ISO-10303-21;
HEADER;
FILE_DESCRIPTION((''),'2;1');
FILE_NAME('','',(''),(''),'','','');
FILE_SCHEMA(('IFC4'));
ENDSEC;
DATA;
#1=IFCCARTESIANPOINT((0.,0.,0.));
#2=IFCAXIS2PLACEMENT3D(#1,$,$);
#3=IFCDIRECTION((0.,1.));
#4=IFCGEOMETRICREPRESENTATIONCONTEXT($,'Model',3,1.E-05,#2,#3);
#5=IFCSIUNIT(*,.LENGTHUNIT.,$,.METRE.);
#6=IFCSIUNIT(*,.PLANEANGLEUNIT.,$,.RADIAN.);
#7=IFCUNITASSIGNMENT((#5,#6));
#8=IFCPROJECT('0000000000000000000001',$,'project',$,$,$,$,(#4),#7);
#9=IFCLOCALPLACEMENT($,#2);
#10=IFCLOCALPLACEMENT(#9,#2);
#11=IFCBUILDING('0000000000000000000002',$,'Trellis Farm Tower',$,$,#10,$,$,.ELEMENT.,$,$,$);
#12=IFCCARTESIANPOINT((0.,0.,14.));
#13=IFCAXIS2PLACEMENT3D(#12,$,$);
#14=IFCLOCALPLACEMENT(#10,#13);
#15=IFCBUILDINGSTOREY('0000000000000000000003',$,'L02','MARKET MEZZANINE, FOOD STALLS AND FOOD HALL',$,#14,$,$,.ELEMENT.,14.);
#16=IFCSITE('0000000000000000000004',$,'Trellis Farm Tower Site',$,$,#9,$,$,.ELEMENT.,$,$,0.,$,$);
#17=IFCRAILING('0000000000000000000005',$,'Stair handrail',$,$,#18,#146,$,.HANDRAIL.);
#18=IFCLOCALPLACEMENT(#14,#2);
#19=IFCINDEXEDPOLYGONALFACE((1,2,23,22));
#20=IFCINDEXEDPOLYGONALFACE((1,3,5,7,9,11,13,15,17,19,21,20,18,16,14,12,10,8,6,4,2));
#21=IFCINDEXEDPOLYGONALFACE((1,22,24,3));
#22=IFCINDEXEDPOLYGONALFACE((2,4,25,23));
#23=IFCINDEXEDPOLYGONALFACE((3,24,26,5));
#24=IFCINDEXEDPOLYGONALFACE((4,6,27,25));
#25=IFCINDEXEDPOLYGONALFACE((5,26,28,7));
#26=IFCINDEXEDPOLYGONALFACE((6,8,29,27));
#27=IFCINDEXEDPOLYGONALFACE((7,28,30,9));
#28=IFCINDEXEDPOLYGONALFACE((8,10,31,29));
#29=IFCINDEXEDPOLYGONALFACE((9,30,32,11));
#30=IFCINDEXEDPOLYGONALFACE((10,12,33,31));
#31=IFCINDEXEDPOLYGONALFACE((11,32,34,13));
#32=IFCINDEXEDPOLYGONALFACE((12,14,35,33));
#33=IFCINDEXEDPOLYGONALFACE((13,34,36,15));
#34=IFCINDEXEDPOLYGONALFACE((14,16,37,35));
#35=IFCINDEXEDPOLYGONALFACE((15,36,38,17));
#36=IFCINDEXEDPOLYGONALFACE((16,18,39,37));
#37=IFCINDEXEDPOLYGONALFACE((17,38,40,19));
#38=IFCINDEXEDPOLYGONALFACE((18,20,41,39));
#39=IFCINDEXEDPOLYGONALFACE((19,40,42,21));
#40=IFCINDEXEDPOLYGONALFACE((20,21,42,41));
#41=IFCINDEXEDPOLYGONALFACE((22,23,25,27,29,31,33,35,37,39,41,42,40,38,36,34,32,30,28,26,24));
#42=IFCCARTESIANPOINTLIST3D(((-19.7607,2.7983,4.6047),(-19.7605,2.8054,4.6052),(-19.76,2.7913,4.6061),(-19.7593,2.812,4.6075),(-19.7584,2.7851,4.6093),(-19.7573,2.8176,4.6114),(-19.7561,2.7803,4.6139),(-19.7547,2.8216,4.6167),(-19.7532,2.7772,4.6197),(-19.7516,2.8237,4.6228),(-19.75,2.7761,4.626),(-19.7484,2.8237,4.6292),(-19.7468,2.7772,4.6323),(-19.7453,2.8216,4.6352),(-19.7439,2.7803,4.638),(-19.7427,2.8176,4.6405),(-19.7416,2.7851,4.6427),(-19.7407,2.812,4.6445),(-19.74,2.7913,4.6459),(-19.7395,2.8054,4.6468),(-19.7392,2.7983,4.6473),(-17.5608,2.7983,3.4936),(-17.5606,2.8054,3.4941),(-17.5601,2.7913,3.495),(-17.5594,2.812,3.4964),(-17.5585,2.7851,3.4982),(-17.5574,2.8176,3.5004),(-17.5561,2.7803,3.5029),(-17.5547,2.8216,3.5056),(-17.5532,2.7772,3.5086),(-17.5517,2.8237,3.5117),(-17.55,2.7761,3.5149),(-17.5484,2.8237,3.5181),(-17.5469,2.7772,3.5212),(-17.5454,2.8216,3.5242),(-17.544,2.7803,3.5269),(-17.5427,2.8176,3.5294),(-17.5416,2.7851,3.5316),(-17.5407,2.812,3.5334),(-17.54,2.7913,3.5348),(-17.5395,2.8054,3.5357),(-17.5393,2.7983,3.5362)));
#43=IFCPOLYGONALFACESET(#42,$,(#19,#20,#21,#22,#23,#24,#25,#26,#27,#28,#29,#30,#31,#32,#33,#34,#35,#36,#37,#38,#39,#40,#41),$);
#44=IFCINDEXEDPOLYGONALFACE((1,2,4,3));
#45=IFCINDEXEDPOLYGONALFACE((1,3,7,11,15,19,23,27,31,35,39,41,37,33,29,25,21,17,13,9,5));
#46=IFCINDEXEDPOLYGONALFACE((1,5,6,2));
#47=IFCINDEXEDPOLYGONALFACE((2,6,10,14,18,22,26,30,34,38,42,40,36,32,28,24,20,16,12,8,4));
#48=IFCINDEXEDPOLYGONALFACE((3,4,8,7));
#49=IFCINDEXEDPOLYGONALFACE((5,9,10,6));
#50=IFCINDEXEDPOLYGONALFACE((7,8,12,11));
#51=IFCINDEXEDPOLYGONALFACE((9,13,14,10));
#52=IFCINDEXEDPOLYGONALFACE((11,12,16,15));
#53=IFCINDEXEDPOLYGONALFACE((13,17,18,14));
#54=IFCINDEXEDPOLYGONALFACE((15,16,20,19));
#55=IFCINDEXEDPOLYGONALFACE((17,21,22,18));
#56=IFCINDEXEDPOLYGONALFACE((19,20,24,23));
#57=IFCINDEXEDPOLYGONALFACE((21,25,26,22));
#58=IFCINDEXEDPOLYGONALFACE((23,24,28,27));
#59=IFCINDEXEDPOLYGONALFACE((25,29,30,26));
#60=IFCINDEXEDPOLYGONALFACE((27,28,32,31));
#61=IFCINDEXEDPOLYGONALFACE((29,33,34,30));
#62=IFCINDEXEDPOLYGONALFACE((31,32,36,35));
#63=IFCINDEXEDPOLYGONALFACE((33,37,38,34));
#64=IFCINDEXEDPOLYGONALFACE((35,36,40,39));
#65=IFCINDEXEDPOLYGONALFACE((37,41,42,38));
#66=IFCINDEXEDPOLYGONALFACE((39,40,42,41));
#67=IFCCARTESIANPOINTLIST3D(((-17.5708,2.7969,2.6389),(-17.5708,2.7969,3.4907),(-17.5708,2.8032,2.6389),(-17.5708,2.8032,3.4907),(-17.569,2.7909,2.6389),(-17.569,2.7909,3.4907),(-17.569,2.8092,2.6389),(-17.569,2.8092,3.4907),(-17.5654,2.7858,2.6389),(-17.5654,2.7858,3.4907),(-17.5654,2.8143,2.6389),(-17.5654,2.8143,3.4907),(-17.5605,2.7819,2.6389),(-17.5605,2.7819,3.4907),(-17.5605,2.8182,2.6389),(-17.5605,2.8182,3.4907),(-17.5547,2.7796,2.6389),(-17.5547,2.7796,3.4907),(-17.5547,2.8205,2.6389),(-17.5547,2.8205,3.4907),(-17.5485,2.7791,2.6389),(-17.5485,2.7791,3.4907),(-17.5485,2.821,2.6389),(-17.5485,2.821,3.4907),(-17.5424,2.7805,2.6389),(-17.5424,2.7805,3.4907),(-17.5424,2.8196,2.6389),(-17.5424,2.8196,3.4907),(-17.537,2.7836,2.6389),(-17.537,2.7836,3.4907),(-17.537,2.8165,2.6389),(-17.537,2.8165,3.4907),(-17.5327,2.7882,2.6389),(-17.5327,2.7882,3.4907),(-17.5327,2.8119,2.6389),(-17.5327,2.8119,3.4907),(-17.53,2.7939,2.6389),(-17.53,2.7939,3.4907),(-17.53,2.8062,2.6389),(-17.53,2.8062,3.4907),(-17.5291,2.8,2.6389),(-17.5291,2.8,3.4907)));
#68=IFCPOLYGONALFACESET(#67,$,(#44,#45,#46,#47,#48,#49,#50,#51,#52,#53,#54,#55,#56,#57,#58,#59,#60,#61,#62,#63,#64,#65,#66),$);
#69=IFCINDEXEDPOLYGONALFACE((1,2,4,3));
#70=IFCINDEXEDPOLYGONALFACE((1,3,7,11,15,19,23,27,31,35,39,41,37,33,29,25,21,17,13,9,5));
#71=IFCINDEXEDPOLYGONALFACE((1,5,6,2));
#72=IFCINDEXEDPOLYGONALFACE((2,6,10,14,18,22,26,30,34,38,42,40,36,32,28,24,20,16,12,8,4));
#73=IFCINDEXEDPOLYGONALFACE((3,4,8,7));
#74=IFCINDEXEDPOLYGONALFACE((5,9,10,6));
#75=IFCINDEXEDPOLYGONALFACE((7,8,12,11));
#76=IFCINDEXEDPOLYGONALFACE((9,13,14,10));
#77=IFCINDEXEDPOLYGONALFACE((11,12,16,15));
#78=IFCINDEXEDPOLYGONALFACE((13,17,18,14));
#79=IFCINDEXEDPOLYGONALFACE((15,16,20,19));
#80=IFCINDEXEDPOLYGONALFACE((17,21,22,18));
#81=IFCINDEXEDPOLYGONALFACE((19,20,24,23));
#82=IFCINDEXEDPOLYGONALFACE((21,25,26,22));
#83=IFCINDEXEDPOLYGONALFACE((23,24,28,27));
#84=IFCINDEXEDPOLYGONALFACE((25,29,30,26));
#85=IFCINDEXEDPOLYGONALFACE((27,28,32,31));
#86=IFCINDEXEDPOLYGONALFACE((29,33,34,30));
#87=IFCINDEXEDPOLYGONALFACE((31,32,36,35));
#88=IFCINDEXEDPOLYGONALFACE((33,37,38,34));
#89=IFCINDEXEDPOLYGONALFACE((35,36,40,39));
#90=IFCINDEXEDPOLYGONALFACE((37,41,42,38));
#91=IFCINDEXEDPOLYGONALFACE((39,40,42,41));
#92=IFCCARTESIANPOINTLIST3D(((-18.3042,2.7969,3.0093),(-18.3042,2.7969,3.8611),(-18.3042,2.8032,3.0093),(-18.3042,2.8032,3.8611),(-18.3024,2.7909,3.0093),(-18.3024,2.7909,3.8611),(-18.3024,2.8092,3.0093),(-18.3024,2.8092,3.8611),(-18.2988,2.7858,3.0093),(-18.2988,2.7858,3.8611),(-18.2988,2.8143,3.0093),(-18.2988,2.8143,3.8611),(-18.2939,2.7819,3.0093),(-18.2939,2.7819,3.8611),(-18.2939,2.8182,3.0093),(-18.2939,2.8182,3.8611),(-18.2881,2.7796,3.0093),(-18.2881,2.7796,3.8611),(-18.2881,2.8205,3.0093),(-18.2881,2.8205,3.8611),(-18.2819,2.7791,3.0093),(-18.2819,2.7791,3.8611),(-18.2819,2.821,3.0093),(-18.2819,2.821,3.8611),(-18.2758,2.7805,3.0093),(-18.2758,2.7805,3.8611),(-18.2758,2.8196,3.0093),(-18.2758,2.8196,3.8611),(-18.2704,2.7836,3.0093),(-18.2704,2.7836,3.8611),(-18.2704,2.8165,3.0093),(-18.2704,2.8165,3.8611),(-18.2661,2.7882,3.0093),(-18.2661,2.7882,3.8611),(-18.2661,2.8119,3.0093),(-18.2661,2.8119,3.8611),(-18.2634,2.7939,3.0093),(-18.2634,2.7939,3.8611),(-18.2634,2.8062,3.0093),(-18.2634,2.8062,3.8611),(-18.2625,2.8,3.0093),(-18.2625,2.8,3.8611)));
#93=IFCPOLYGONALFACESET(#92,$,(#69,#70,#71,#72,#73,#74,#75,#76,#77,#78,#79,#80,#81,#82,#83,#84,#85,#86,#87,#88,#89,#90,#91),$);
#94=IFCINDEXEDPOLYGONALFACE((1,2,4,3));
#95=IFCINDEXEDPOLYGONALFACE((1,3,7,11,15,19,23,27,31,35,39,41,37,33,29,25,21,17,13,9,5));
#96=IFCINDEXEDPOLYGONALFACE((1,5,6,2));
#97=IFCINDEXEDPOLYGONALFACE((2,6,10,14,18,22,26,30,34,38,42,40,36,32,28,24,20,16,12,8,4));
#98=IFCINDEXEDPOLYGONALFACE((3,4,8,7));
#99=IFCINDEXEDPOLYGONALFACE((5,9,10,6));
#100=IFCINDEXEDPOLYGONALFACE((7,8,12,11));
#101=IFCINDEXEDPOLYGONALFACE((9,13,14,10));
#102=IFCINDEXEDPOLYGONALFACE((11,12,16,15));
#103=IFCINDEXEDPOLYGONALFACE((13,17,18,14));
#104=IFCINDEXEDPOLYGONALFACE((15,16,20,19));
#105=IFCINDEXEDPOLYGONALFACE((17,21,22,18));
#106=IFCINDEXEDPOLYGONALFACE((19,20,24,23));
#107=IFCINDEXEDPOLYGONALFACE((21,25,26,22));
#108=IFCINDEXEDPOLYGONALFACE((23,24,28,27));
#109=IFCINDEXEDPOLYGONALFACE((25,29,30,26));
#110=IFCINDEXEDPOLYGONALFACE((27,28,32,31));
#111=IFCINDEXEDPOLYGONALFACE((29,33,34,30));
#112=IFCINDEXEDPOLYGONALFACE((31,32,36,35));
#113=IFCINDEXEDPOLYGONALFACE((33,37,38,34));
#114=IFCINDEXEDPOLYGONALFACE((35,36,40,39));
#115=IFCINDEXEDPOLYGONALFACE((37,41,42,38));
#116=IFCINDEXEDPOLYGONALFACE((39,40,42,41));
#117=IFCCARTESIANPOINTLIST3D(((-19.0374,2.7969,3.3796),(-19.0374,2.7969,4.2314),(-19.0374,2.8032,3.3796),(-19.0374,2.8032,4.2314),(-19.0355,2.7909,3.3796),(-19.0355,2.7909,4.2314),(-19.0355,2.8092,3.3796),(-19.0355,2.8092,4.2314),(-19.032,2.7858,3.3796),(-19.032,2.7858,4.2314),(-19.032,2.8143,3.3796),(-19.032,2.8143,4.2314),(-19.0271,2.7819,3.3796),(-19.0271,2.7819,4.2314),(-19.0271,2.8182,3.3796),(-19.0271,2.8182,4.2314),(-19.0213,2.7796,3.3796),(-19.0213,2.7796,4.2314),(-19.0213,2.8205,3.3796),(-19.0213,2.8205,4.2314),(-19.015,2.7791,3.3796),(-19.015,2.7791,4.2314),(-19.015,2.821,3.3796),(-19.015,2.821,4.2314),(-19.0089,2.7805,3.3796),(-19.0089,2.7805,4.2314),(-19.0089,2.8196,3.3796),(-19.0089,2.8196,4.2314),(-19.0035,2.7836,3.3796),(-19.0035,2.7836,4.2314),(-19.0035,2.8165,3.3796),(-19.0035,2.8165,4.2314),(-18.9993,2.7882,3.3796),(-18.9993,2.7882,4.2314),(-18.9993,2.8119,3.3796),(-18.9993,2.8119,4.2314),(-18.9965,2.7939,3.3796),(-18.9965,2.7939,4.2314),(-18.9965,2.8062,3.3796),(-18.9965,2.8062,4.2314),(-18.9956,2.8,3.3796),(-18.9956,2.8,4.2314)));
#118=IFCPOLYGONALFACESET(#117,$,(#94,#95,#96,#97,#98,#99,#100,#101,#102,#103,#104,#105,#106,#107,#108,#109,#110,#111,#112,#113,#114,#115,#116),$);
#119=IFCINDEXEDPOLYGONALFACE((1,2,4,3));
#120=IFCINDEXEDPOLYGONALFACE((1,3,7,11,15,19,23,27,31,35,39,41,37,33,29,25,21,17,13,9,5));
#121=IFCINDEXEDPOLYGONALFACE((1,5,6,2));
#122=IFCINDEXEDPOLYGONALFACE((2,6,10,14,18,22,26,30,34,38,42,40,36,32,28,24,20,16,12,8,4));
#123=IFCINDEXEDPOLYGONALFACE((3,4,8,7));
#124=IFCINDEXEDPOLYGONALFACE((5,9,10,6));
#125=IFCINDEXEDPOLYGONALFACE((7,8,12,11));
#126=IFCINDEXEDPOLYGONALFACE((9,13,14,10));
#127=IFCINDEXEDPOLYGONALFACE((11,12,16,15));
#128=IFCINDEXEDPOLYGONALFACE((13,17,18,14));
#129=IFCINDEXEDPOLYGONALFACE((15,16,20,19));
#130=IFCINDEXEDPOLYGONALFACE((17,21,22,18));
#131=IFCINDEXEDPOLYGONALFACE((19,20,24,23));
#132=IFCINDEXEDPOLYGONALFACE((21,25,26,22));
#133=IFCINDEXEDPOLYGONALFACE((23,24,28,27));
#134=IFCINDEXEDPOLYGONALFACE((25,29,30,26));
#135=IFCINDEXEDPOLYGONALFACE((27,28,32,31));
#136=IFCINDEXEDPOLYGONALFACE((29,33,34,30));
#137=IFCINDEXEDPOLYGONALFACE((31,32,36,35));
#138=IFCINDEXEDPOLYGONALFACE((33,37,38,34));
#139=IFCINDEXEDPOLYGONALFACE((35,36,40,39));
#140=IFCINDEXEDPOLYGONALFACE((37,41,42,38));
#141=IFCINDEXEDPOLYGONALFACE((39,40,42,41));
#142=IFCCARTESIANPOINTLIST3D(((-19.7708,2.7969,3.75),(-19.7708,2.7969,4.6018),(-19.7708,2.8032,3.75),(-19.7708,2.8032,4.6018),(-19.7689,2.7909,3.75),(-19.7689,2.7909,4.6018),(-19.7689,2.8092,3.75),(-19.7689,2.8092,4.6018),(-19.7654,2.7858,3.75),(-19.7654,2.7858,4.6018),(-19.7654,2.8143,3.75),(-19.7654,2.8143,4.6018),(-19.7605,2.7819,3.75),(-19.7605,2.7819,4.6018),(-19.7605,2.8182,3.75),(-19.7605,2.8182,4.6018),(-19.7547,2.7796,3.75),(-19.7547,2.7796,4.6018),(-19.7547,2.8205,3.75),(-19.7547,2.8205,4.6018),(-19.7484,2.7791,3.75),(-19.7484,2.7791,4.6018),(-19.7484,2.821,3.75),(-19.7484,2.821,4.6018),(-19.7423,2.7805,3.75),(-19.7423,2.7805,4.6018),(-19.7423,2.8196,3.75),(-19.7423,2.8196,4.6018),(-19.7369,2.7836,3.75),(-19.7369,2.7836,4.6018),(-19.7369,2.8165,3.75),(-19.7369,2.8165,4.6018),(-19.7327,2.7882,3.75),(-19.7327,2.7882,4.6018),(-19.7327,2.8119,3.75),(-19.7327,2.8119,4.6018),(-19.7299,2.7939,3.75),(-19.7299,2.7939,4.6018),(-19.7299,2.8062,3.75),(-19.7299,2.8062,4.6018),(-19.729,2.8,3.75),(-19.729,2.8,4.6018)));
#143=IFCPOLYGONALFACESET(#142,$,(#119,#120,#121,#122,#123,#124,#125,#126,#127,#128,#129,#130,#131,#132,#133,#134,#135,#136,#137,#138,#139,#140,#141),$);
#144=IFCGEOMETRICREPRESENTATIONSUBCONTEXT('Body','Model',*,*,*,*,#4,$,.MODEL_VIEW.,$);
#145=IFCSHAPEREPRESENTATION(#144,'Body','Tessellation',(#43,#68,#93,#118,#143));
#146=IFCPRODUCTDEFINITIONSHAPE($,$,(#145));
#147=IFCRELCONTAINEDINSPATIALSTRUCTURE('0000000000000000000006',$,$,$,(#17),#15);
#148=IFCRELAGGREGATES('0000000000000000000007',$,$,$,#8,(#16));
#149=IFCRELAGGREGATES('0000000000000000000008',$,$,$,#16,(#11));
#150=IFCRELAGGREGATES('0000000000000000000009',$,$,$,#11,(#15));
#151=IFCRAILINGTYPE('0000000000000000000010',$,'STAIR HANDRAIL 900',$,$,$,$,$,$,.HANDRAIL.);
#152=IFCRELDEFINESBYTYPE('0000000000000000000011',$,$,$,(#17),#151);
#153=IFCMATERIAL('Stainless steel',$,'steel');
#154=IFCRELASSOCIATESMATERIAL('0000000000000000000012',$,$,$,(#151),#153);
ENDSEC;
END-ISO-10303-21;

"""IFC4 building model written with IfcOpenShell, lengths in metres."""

from ifc_helpers import new_model, si_unit, direction, frame, origin, origin_2d, place, context, subcontext, project, spatial, circle, extrude, source, transform, mapped, material, type_object, element, save


model = new_model("IFC4")

# Units and contexts
model_context = context("Model", 3, precision=1e-05, world=origin(), true_north=direction((0.0, 1.0)))
body_context = subcontext(model_context, "Body", "Model", "MODEL_VIEW")
ifc_project = project(units=[si_unit("LENGTHUNIT", "METRE"), si_unit("PLANEANGLEUNIT", "RADIAN")], contexts=[model_context])

# Site, building, storey
site_placement = place(None, origin())
site = spatial("IfcSite", under=ifc_project, at=site_placement, Name="Trellis Farm Tower Site", CompositionType="ELEMENT", RefElevation=0.0)
building_placement = place(site_placement, origin())
building = spatial("IfcBuilding", under=site, at=building_placement, Name="Trellis Farm Tower", CompositionType="ELEMENT")
storey_placement = place(building_placement, frame((0.0, 0.0, 14.0)))
storey = spatial("IfcBuildingStorey", under=building, at=storey_placement, Name="L02", Description="MARKET MEZZANINE, FOOD STALLS AND FOOD HALL", CompositionType="ELEMENT", Elevation=14.0)

# Shared definitions
ifc_material_1 = material(Name="Stainless steel", Category="steel")

# Railing
railing_type = type_object("IfcRailingType", Name="STAIR HANDRAIL 900", PredefinedType="HANDRAIL", material=ifc_material_1)
shared_shape_1 = source(origin(), body_context, "Body", "SweptSolid", [
    extrude(circle(Radius=0.0239, at=origin_2d()), frame((0.0, 0.0, 0.876), z_axis=(-0.892617, 0.0, 0.450816), x_axis=(0.0, -1.0, 0.0)), (0.0, 0.0, 1.0), 2.4646),
    extrude(circle(Radius=0.021, at=origin_2d()), origin(), (0.0, 0.0, 1.0), 0.8518),
    extrude(circle(Radius=0.021, at=origin_2d()), frame((-0.7334, 0.0, 0.3704)), (0.0, 0.0, 1.0), 0.8518),
    extrude(circle(Radius=0.021, at=origin_2d()), frame((-1.4666, 0.0, 0.7407)), (0.0, 0.0, 1.0), 0.8518),
    extrude(circle(Radius=0.021, at=origin_2d()), frame((-2.2, 0.0, 1.1111)), (0.0, 0.0, 1.0), 0.8518),
])
for number, where, name in (
    (1, (-17.55, 2.8, 2.6389), "Stair handrail"),
):
    element("IfcRailing", number, at=place(storey_placement, frame(where)), inside=storey, type_object=railing_type, Name=name, PredefinedType="HANDRAIL", context=body_context, shape_type="MappedRepresentation", body=[
        mapped(shared_shape_1, transform((0.0, 0.0, 0.0))),
    ])

save(model, "model.ifc")
